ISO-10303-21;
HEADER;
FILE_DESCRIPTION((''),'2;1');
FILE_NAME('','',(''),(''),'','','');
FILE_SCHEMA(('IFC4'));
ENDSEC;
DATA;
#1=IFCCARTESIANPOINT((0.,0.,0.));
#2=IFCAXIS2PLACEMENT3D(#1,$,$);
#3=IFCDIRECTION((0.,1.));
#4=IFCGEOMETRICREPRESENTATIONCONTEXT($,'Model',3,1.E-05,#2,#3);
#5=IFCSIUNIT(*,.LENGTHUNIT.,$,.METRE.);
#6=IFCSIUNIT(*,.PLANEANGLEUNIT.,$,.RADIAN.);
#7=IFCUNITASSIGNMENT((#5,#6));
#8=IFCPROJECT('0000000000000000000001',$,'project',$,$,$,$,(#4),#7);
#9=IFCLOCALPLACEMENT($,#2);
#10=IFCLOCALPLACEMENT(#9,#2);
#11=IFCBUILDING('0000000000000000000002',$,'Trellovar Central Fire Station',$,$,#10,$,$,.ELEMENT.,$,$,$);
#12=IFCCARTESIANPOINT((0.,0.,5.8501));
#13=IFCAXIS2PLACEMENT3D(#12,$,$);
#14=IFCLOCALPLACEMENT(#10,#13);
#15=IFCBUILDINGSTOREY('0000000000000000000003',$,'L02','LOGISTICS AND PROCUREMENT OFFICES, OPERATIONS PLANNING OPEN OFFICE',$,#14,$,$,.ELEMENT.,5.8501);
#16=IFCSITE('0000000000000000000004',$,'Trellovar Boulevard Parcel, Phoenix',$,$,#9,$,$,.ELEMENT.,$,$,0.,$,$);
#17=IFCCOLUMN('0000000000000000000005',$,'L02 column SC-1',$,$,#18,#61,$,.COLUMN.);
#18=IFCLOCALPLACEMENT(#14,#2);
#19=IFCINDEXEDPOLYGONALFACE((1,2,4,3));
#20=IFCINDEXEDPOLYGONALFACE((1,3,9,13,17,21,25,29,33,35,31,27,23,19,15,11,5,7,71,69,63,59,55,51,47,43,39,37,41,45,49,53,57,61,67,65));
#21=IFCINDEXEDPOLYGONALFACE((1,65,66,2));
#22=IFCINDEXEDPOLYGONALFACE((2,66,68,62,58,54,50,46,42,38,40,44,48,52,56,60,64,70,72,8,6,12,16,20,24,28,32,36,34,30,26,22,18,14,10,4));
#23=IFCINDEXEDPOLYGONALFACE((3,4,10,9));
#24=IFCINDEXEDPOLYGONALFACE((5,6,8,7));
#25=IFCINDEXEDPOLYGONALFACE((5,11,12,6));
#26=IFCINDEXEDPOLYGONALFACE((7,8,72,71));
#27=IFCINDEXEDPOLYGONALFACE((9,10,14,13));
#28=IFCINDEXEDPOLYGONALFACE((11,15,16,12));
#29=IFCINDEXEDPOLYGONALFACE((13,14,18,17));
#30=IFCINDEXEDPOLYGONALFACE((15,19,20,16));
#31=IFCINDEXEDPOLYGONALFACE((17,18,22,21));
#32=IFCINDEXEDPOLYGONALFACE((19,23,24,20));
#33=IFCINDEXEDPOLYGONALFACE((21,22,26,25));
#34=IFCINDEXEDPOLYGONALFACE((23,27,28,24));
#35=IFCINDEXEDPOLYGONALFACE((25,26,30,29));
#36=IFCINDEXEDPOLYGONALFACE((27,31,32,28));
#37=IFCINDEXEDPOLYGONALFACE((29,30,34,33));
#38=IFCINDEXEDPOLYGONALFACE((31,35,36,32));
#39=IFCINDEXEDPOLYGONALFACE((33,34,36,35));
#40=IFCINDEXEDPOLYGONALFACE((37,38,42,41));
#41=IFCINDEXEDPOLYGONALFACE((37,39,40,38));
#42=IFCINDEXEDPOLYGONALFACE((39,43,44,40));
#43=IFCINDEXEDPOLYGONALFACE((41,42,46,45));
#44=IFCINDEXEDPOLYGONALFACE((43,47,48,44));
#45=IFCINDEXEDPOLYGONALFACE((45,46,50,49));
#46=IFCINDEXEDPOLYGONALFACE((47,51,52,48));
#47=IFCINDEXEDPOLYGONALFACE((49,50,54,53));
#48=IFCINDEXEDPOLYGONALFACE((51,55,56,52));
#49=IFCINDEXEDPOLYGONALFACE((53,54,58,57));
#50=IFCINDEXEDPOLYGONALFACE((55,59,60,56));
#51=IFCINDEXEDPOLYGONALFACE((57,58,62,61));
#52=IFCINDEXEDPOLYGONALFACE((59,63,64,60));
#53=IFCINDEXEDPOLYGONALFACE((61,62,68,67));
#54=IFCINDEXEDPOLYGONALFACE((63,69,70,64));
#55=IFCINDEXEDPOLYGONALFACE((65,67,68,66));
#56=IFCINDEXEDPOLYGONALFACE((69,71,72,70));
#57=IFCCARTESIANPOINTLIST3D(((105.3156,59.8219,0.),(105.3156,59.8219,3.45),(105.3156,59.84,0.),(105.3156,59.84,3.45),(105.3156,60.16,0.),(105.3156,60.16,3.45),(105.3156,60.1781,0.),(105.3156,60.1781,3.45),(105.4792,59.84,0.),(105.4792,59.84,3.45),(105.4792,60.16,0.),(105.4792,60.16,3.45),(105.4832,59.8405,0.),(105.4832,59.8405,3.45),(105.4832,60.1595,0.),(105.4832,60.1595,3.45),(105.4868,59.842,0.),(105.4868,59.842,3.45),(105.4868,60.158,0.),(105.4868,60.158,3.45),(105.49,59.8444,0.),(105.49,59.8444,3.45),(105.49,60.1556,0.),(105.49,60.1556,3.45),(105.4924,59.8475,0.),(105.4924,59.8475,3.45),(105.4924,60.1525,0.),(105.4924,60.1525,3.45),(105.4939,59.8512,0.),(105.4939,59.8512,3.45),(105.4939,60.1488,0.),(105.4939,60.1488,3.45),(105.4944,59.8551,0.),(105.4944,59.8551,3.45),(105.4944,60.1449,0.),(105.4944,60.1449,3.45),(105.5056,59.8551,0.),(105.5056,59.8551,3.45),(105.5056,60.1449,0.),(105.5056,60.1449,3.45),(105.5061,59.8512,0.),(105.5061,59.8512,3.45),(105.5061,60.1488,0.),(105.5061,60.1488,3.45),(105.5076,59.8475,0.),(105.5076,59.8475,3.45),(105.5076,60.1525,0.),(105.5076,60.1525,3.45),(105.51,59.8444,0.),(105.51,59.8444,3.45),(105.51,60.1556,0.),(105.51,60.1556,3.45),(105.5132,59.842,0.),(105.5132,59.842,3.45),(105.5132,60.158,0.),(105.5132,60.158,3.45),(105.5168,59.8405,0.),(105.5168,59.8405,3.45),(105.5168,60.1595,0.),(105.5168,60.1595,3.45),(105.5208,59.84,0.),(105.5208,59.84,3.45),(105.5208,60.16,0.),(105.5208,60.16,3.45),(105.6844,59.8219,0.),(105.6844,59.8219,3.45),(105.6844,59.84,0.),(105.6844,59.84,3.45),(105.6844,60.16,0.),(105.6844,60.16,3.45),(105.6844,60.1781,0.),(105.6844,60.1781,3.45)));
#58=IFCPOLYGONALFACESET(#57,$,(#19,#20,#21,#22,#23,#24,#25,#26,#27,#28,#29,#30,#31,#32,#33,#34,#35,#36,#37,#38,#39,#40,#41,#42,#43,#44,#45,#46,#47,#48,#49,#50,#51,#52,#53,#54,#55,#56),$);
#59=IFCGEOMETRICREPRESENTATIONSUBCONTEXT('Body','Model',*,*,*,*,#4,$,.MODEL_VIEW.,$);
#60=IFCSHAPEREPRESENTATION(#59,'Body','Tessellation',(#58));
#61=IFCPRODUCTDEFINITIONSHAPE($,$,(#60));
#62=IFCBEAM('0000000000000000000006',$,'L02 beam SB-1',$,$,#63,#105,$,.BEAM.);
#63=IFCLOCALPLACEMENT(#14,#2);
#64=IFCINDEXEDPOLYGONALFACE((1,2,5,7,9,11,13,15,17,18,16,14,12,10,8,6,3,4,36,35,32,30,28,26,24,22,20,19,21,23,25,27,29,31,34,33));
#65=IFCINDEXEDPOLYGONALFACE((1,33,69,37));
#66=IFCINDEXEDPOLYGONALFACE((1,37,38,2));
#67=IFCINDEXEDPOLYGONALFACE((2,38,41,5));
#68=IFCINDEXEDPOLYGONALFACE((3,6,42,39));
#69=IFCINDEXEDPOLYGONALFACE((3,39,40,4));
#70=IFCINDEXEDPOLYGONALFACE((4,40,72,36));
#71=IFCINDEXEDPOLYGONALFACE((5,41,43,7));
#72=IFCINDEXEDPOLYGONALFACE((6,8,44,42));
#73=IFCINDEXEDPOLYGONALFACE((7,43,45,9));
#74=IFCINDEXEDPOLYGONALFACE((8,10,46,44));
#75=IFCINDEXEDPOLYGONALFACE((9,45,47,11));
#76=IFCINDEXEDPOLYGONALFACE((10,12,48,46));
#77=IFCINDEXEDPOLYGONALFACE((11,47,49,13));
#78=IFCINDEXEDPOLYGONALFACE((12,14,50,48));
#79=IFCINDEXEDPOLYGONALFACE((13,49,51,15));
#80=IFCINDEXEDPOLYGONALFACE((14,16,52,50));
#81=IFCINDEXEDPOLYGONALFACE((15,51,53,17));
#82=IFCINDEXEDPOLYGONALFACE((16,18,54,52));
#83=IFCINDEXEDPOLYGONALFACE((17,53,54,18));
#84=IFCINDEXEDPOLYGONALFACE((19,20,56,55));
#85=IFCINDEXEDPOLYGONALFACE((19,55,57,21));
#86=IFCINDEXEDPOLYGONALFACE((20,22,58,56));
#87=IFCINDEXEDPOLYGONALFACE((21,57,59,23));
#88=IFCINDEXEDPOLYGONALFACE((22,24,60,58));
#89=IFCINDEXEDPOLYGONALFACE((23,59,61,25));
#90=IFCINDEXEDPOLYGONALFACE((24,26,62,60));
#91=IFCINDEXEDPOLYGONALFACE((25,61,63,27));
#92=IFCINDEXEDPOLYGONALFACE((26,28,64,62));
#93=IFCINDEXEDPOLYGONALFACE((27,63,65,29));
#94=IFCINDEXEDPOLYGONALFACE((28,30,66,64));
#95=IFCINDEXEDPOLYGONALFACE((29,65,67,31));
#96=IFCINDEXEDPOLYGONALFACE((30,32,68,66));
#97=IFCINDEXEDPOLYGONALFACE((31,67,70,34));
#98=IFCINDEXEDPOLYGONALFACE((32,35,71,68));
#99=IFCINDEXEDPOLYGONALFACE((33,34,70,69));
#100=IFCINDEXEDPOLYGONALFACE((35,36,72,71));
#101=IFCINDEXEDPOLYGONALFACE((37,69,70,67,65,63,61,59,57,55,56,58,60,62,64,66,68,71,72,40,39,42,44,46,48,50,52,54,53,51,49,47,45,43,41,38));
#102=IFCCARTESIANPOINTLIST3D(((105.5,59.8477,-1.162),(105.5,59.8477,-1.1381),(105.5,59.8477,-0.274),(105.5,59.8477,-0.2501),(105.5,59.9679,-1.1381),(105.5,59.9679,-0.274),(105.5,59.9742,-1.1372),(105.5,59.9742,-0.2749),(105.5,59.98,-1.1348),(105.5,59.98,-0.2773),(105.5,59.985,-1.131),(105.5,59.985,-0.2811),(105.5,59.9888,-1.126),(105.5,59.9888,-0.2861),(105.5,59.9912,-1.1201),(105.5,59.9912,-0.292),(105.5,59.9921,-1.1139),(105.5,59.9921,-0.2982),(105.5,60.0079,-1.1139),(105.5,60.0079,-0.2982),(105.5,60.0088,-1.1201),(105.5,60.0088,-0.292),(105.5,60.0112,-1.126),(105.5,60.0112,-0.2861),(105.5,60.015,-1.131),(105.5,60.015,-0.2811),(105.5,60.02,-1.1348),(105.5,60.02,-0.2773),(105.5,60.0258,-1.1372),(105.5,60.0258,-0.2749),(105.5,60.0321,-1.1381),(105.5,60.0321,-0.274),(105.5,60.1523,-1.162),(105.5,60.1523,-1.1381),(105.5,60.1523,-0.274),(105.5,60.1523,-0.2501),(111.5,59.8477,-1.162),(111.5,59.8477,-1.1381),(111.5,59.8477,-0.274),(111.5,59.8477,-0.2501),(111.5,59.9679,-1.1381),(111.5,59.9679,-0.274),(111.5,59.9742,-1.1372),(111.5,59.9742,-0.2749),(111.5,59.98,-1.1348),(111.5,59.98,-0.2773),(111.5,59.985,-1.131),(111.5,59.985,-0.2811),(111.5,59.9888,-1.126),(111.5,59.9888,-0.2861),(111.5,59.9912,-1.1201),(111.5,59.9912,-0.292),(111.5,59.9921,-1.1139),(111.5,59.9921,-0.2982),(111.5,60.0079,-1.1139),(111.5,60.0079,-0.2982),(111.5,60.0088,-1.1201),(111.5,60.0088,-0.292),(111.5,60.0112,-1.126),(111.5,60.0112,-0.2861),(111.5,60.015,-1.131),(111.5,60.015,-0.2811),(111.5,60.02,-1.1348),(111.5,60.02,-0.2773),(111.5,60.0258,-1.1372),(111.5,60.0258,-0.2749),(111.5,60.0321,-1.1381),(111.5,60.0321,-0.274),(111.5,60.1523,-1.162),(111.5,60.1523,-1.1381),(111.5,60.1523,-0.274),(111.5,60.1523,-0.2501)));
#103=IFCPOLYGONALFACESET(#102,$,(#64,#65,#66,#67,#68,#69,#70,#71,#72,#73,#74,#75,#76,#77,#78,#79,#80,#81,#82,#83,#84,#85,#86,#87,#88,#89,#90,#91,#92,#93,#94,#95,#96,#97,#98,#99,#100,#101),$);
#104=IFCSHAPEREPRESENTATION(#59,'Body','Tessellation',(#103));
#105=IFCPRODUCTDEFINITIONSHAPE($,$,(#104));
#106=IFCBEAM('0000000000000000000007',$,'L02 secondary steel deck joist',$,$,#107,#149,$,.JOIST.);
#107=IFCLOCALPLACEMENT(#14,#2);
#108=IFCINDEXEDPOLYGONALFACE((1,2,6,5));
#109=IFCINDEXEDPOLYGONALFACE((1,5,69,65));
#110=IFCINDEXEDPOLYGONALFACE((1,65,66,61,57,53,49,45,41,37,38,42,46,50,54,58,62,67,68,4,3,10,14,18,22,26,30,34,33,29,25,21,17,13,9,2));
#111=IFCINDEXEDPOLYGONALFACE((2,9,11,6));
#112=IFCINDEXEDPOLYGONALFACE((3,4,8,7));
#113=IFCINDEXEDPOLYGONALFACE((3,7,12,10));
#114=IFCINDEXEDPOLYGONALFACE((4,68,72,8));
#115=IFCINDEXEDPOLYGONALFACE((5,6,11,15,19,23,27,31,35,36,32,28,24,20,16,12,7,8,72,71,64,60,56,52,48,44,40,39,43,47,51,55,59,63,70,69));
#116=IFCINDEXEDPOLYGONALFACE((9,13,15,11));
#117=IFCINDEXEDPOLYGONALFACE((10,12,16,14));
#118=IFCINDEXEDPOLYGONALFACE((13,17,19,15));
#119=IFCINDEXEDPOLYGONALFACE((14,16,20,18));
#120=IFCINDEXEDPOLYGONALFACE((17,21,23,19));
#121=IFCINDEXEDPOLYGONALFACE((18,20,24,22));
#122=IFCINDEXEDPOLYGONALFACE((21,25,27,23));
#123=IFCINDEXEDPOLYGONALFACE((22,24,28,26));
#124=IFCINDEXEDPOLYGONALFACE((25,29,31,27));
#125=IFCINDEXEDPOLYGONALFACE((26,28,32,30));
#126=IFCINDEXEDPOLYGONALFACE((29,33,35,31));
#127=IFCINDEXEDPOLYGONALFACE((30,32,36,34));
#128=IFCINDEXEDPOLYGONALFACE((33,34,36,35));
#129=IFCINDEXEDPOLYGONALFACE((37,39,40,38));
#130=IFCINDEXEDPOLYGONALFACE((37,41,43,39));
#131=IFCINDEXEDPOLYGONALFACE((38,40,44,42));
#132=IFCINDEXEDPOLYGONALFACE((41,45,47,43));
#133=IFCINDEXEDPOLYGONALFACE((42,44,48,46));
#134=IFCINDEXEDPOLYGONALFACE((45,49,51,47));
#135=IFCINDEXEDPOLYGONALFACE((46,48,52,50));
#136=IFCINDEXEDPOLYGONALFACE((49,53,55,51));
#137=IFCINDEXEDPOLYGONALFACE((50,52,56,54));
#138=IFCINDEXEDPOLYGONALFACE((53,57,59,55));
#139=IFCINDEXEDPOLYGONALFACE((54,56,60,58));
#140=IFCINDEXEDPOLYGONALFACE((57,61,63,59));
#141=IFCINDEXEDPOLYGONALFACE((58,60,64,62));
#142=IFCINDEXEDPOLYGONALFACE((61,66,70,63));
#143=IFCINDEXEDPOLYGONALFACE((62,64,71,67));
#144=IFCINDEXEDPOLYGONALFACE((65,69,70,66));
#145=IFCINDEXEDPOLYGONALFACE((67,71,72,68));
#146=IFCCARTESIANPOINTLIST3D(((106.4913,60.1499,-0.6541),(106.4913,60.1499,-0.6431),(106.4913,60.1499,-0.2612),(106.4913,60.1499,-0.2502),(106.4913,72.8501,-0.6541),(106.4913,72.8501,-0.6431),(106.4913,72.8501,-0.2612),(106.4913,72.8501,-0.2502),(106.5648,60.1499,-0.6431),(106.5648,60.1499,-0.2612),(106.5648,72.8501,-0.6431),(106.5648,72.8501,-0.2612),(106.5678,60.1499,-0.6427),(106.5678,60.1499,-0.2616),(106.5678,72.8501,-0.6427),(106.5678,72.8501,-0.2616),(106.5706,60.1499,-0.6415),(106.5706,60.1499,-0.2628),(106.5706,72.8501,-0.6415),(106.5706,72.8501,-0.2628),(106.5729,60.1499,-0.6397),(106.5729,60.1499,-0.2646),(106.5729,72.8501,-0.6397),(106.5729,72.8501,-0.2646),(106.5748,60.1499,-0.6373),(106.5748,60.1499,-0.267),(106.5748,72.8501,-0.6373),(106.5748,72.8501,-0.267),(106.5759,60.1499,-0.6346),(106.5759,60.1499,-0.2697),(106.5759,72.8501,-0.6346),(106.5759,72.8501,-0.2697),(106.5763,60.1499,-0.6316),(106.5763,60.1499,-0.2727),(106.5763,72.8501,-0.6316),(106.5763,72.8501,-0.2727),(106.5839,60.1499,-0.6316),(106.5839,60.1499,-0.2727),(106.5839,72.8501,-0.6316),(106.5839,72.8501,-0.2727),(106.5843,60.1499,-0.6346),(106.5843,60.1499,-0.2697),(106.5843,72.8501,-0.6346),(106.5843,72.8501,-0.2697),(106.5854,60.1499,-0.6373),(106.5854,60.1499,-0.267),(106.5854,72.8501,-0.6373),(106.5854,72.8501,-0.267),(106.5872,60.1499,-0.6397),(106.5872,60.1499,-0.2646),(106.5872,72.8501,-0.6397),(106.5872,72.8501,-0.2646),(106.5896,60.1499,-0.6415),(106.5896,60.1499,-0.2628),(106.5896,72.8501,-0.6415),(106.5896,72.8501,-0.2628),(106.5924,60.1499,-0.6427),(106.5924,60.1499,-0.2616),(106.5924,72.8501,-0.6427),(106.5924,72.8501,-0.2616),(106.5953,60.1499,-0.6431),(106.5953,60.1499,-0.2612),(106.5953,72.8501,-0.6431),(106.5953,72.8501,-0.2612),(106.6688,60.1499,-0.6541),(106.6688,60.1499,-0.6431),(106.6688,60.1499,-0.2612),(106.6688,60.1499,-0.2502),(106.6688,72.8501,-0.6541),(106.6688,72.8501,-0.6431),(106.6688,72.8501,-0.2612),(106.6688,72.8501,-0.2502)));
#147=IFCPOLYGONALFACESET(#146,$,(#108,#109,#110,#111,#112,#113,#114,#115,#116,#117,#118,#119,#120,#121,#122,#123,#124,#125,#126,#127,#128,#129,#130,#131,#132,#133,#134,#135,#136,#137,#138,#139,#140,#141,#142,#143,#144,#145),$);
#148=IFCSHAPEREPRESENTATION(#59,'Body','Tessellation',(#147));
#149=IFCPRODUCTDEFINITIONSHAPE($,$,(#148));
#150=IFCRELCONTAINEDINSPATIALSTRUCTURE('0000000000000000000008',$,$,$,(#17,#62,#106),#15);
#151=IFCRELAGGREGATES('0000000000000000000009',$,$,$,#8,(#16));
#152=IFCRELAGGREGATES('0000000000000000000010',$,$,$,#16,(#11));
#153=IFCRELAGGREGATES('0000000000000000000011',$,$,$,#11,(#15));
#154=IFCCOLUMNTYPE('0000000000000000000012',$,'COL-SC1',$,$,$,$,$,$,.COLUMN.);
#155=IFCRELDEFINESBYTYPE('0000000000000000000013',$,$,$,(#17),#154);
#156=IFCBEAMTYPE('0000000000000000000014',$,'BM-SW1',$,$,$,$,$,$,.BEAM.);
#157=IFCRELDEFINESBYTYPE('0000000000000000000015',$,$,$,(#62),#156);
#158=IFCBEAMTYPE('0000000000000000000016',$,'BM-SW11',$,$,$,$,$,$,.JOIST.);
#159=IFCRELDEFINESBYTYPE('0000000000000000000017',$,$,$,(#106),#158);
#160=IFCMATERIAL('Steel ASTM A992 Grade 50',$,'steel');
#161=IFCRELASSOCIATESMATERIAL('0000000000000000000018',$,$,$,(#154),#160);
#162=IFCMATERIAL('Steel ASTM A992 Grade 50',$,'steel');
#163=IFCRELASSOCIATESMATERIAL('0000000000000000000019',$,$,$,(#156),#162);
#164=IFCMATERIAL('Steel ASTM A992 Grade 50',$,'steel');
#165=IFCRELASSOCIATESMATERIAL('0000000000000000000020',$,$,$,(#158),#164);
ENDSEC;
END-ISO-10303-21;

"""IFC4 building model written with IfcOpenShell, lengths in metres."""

from ifc_helpers import new_model, si_unit, direction, frame, origin, origin_2d, place, context, subcontext, project, spatial, i_section, extrude, material, material_profile, profile_set, type_object, element, save


model = new_model("IFC4")

# Units and contexts
model_context = context("Model", 3, precision=1e-05, world=origin(), true_north=direction((0.0, 1.0)))
body_context = subcontext(model_context, "Body", "Model", "MODEL_VIEW")
ifc_project = project(units=[si_unit("LENGTHUNIT", "METRE"), si_unit("PLANEANGLEUNIT", "RADIAN")], contexts=[model_context])

# Site, building, storey
site_placement = place(None, origin())
site = spatial("IfcSite", under=ifc_project, at=site_placement, Name="Trellovar Boulevard Parcel, Phoenix", CompositionType="ELEMENT", RefElevation=0.0)
building_placement = place(site_placement, origin())
building = spatial("IfcBuilding", under=site, at=building_placement, Name="Trellovar Central Fire Station", CompositionType="ELEMENT")
storey_placement = place(building_placement, frame((0.0, 0.0, 5.8501)))
storey = spatial("IfcBuildingStorey", under=building, at=storey_placement, Name="L02", Description="LOGISTICS AND PROCUREMENT OFFICES, OPERATIONS PLANNING OPEN OFFICE", CompositionType="ELEMENT", Elevation=5.8501)

# Column
ifc_material_1 = material(Name="Steel ASTM A992 Grade 50", Category="steel")
ifc_material_profile_1 = material_profile(ifc_material_1, i_section(OverallWidth=0.3689, OverallDepth=0.3562, WebThickness=0.0112, FlangeThickness=0.0181, FilletRadius=0.0151, at=origin_2d()), Name="W14X90")
ifc_profile_set_1 = profile_set([ifc_material_profile_1], Name="Steel ASTM A992 Grade 50")
column_type = type_object("IfcColumnType", Name="COL-SC1", PredefinedType="COLUMN", material=ifc_profile_set_1)
column_placement = place(storey_placement, frame((105.5, 60.0, 0.0), z_axis=(0.0, 0.0, 1.0), x_axis=(1.0, 0.0, 0.0)))
element("IfcColumn", 1, at=column_placement, inside=storey, type_object=column_type, Name="L02 column SC-1", PredefinedType="COLUMN", context=body_context, shape_type="SweptSolid", body=[
    extrude(i_section(OverallWidth=0.3689, OverallDepth=0.3562, WebThickness=0.0112, FlangeThickness=0.0181, FilletRadius=0.0151, at=origin_2d()), origin(), (0.0, 0.0, 1.0), 3.45),
])

# Beams
ifc_material_2 = material(Name="Steel ASTM A992 Grade 50", Category="steel")
ifc_material_profile_2 = material_profile(ifc_material_2, i_section(OverallWidth=0.3047, OverallDepth=0.9119, WebThickness=0.0159, FlangeThickness=0.0239, FilletRadius=0.0242, at=origin_2d()), Name="W36X150")
ifc_profile_set_2 = profile_set([ifc_material_profile_2], Name="Steel ASTM A992 Grade 50")
beam_type_1 = type_object("IfcBeamType", Name="BM-SW1", PredefinedType="BEAM", material=ifc_profile_set_2)
beam_1_placement = place(storey_placement, frame((105.5, 60.0, -0.7061), z_axis=(1.0, 0.0, 0.0), x_axis=(0.0, 1.0, 0.0)))
element("IfcBeam", 2, at=beam_1_placement, inside=storey, type_object=beam_type_1, Name="L02 beam SB-1", PredefinedType="BEAM", context=body_context, shape_type="SweptSolid", body=[
    extrude(i_section(OverallWidth=0.3047, OverallDepth=0.9119, WebThickness=0.0159, FlangeThickness=0.0239, FilletRadius=0.0242, at=origin_2d()), origin(), (0.0, 0.0, 1.0), 6.0),
])
ifc_material_3 = material(Name="Steel ASTM A992 Grade 50", Category="steel")
ifc_material_profile_3 = material_profile(ifc_material_3, i_section(OverallWidth=0.1775, OverallDepth=0.4038, WebThickness=0.0076, FlangeThickness=0.011, FilletRadius=0.0115, at=origin_2d()), Name="W16X36")
ifc_profile_set_3 = profile_set([ifc_material_profile_3], Name="Steel ASTM A992 Grade 50")
beam_type_2 = type_object("IfcBeamType", Name="BM-SW11", PredefinedType="JOIST", material=ifc_profile_set_3)
beam_2_placement = place(storey_placement, frame((106.5801, 60.1499, -0.4521), z_axis=(0.0, 1.0, 0.0), x_axis=(-1.0, 0.0, 0.0)))
element("IfcBeam", 3, at=beam_2_placement, inside=storey, type_object=beam_type_2, Name="L02 secondary steel deck joist", PredefinedType="JOIST", context=body_context, shape_type="SweptSolid", body=[
    extrude(i_section(OverallWidth=0.1775, OverallDepth=0.4038, WebThickness=0.0076, FlangeThickness=0.011, FilletRadius=0.0115, at=origin_2d()), origin(), (0.0, 0.0, 1.0), 12.7002),
])

save(model, "model.ifc")
